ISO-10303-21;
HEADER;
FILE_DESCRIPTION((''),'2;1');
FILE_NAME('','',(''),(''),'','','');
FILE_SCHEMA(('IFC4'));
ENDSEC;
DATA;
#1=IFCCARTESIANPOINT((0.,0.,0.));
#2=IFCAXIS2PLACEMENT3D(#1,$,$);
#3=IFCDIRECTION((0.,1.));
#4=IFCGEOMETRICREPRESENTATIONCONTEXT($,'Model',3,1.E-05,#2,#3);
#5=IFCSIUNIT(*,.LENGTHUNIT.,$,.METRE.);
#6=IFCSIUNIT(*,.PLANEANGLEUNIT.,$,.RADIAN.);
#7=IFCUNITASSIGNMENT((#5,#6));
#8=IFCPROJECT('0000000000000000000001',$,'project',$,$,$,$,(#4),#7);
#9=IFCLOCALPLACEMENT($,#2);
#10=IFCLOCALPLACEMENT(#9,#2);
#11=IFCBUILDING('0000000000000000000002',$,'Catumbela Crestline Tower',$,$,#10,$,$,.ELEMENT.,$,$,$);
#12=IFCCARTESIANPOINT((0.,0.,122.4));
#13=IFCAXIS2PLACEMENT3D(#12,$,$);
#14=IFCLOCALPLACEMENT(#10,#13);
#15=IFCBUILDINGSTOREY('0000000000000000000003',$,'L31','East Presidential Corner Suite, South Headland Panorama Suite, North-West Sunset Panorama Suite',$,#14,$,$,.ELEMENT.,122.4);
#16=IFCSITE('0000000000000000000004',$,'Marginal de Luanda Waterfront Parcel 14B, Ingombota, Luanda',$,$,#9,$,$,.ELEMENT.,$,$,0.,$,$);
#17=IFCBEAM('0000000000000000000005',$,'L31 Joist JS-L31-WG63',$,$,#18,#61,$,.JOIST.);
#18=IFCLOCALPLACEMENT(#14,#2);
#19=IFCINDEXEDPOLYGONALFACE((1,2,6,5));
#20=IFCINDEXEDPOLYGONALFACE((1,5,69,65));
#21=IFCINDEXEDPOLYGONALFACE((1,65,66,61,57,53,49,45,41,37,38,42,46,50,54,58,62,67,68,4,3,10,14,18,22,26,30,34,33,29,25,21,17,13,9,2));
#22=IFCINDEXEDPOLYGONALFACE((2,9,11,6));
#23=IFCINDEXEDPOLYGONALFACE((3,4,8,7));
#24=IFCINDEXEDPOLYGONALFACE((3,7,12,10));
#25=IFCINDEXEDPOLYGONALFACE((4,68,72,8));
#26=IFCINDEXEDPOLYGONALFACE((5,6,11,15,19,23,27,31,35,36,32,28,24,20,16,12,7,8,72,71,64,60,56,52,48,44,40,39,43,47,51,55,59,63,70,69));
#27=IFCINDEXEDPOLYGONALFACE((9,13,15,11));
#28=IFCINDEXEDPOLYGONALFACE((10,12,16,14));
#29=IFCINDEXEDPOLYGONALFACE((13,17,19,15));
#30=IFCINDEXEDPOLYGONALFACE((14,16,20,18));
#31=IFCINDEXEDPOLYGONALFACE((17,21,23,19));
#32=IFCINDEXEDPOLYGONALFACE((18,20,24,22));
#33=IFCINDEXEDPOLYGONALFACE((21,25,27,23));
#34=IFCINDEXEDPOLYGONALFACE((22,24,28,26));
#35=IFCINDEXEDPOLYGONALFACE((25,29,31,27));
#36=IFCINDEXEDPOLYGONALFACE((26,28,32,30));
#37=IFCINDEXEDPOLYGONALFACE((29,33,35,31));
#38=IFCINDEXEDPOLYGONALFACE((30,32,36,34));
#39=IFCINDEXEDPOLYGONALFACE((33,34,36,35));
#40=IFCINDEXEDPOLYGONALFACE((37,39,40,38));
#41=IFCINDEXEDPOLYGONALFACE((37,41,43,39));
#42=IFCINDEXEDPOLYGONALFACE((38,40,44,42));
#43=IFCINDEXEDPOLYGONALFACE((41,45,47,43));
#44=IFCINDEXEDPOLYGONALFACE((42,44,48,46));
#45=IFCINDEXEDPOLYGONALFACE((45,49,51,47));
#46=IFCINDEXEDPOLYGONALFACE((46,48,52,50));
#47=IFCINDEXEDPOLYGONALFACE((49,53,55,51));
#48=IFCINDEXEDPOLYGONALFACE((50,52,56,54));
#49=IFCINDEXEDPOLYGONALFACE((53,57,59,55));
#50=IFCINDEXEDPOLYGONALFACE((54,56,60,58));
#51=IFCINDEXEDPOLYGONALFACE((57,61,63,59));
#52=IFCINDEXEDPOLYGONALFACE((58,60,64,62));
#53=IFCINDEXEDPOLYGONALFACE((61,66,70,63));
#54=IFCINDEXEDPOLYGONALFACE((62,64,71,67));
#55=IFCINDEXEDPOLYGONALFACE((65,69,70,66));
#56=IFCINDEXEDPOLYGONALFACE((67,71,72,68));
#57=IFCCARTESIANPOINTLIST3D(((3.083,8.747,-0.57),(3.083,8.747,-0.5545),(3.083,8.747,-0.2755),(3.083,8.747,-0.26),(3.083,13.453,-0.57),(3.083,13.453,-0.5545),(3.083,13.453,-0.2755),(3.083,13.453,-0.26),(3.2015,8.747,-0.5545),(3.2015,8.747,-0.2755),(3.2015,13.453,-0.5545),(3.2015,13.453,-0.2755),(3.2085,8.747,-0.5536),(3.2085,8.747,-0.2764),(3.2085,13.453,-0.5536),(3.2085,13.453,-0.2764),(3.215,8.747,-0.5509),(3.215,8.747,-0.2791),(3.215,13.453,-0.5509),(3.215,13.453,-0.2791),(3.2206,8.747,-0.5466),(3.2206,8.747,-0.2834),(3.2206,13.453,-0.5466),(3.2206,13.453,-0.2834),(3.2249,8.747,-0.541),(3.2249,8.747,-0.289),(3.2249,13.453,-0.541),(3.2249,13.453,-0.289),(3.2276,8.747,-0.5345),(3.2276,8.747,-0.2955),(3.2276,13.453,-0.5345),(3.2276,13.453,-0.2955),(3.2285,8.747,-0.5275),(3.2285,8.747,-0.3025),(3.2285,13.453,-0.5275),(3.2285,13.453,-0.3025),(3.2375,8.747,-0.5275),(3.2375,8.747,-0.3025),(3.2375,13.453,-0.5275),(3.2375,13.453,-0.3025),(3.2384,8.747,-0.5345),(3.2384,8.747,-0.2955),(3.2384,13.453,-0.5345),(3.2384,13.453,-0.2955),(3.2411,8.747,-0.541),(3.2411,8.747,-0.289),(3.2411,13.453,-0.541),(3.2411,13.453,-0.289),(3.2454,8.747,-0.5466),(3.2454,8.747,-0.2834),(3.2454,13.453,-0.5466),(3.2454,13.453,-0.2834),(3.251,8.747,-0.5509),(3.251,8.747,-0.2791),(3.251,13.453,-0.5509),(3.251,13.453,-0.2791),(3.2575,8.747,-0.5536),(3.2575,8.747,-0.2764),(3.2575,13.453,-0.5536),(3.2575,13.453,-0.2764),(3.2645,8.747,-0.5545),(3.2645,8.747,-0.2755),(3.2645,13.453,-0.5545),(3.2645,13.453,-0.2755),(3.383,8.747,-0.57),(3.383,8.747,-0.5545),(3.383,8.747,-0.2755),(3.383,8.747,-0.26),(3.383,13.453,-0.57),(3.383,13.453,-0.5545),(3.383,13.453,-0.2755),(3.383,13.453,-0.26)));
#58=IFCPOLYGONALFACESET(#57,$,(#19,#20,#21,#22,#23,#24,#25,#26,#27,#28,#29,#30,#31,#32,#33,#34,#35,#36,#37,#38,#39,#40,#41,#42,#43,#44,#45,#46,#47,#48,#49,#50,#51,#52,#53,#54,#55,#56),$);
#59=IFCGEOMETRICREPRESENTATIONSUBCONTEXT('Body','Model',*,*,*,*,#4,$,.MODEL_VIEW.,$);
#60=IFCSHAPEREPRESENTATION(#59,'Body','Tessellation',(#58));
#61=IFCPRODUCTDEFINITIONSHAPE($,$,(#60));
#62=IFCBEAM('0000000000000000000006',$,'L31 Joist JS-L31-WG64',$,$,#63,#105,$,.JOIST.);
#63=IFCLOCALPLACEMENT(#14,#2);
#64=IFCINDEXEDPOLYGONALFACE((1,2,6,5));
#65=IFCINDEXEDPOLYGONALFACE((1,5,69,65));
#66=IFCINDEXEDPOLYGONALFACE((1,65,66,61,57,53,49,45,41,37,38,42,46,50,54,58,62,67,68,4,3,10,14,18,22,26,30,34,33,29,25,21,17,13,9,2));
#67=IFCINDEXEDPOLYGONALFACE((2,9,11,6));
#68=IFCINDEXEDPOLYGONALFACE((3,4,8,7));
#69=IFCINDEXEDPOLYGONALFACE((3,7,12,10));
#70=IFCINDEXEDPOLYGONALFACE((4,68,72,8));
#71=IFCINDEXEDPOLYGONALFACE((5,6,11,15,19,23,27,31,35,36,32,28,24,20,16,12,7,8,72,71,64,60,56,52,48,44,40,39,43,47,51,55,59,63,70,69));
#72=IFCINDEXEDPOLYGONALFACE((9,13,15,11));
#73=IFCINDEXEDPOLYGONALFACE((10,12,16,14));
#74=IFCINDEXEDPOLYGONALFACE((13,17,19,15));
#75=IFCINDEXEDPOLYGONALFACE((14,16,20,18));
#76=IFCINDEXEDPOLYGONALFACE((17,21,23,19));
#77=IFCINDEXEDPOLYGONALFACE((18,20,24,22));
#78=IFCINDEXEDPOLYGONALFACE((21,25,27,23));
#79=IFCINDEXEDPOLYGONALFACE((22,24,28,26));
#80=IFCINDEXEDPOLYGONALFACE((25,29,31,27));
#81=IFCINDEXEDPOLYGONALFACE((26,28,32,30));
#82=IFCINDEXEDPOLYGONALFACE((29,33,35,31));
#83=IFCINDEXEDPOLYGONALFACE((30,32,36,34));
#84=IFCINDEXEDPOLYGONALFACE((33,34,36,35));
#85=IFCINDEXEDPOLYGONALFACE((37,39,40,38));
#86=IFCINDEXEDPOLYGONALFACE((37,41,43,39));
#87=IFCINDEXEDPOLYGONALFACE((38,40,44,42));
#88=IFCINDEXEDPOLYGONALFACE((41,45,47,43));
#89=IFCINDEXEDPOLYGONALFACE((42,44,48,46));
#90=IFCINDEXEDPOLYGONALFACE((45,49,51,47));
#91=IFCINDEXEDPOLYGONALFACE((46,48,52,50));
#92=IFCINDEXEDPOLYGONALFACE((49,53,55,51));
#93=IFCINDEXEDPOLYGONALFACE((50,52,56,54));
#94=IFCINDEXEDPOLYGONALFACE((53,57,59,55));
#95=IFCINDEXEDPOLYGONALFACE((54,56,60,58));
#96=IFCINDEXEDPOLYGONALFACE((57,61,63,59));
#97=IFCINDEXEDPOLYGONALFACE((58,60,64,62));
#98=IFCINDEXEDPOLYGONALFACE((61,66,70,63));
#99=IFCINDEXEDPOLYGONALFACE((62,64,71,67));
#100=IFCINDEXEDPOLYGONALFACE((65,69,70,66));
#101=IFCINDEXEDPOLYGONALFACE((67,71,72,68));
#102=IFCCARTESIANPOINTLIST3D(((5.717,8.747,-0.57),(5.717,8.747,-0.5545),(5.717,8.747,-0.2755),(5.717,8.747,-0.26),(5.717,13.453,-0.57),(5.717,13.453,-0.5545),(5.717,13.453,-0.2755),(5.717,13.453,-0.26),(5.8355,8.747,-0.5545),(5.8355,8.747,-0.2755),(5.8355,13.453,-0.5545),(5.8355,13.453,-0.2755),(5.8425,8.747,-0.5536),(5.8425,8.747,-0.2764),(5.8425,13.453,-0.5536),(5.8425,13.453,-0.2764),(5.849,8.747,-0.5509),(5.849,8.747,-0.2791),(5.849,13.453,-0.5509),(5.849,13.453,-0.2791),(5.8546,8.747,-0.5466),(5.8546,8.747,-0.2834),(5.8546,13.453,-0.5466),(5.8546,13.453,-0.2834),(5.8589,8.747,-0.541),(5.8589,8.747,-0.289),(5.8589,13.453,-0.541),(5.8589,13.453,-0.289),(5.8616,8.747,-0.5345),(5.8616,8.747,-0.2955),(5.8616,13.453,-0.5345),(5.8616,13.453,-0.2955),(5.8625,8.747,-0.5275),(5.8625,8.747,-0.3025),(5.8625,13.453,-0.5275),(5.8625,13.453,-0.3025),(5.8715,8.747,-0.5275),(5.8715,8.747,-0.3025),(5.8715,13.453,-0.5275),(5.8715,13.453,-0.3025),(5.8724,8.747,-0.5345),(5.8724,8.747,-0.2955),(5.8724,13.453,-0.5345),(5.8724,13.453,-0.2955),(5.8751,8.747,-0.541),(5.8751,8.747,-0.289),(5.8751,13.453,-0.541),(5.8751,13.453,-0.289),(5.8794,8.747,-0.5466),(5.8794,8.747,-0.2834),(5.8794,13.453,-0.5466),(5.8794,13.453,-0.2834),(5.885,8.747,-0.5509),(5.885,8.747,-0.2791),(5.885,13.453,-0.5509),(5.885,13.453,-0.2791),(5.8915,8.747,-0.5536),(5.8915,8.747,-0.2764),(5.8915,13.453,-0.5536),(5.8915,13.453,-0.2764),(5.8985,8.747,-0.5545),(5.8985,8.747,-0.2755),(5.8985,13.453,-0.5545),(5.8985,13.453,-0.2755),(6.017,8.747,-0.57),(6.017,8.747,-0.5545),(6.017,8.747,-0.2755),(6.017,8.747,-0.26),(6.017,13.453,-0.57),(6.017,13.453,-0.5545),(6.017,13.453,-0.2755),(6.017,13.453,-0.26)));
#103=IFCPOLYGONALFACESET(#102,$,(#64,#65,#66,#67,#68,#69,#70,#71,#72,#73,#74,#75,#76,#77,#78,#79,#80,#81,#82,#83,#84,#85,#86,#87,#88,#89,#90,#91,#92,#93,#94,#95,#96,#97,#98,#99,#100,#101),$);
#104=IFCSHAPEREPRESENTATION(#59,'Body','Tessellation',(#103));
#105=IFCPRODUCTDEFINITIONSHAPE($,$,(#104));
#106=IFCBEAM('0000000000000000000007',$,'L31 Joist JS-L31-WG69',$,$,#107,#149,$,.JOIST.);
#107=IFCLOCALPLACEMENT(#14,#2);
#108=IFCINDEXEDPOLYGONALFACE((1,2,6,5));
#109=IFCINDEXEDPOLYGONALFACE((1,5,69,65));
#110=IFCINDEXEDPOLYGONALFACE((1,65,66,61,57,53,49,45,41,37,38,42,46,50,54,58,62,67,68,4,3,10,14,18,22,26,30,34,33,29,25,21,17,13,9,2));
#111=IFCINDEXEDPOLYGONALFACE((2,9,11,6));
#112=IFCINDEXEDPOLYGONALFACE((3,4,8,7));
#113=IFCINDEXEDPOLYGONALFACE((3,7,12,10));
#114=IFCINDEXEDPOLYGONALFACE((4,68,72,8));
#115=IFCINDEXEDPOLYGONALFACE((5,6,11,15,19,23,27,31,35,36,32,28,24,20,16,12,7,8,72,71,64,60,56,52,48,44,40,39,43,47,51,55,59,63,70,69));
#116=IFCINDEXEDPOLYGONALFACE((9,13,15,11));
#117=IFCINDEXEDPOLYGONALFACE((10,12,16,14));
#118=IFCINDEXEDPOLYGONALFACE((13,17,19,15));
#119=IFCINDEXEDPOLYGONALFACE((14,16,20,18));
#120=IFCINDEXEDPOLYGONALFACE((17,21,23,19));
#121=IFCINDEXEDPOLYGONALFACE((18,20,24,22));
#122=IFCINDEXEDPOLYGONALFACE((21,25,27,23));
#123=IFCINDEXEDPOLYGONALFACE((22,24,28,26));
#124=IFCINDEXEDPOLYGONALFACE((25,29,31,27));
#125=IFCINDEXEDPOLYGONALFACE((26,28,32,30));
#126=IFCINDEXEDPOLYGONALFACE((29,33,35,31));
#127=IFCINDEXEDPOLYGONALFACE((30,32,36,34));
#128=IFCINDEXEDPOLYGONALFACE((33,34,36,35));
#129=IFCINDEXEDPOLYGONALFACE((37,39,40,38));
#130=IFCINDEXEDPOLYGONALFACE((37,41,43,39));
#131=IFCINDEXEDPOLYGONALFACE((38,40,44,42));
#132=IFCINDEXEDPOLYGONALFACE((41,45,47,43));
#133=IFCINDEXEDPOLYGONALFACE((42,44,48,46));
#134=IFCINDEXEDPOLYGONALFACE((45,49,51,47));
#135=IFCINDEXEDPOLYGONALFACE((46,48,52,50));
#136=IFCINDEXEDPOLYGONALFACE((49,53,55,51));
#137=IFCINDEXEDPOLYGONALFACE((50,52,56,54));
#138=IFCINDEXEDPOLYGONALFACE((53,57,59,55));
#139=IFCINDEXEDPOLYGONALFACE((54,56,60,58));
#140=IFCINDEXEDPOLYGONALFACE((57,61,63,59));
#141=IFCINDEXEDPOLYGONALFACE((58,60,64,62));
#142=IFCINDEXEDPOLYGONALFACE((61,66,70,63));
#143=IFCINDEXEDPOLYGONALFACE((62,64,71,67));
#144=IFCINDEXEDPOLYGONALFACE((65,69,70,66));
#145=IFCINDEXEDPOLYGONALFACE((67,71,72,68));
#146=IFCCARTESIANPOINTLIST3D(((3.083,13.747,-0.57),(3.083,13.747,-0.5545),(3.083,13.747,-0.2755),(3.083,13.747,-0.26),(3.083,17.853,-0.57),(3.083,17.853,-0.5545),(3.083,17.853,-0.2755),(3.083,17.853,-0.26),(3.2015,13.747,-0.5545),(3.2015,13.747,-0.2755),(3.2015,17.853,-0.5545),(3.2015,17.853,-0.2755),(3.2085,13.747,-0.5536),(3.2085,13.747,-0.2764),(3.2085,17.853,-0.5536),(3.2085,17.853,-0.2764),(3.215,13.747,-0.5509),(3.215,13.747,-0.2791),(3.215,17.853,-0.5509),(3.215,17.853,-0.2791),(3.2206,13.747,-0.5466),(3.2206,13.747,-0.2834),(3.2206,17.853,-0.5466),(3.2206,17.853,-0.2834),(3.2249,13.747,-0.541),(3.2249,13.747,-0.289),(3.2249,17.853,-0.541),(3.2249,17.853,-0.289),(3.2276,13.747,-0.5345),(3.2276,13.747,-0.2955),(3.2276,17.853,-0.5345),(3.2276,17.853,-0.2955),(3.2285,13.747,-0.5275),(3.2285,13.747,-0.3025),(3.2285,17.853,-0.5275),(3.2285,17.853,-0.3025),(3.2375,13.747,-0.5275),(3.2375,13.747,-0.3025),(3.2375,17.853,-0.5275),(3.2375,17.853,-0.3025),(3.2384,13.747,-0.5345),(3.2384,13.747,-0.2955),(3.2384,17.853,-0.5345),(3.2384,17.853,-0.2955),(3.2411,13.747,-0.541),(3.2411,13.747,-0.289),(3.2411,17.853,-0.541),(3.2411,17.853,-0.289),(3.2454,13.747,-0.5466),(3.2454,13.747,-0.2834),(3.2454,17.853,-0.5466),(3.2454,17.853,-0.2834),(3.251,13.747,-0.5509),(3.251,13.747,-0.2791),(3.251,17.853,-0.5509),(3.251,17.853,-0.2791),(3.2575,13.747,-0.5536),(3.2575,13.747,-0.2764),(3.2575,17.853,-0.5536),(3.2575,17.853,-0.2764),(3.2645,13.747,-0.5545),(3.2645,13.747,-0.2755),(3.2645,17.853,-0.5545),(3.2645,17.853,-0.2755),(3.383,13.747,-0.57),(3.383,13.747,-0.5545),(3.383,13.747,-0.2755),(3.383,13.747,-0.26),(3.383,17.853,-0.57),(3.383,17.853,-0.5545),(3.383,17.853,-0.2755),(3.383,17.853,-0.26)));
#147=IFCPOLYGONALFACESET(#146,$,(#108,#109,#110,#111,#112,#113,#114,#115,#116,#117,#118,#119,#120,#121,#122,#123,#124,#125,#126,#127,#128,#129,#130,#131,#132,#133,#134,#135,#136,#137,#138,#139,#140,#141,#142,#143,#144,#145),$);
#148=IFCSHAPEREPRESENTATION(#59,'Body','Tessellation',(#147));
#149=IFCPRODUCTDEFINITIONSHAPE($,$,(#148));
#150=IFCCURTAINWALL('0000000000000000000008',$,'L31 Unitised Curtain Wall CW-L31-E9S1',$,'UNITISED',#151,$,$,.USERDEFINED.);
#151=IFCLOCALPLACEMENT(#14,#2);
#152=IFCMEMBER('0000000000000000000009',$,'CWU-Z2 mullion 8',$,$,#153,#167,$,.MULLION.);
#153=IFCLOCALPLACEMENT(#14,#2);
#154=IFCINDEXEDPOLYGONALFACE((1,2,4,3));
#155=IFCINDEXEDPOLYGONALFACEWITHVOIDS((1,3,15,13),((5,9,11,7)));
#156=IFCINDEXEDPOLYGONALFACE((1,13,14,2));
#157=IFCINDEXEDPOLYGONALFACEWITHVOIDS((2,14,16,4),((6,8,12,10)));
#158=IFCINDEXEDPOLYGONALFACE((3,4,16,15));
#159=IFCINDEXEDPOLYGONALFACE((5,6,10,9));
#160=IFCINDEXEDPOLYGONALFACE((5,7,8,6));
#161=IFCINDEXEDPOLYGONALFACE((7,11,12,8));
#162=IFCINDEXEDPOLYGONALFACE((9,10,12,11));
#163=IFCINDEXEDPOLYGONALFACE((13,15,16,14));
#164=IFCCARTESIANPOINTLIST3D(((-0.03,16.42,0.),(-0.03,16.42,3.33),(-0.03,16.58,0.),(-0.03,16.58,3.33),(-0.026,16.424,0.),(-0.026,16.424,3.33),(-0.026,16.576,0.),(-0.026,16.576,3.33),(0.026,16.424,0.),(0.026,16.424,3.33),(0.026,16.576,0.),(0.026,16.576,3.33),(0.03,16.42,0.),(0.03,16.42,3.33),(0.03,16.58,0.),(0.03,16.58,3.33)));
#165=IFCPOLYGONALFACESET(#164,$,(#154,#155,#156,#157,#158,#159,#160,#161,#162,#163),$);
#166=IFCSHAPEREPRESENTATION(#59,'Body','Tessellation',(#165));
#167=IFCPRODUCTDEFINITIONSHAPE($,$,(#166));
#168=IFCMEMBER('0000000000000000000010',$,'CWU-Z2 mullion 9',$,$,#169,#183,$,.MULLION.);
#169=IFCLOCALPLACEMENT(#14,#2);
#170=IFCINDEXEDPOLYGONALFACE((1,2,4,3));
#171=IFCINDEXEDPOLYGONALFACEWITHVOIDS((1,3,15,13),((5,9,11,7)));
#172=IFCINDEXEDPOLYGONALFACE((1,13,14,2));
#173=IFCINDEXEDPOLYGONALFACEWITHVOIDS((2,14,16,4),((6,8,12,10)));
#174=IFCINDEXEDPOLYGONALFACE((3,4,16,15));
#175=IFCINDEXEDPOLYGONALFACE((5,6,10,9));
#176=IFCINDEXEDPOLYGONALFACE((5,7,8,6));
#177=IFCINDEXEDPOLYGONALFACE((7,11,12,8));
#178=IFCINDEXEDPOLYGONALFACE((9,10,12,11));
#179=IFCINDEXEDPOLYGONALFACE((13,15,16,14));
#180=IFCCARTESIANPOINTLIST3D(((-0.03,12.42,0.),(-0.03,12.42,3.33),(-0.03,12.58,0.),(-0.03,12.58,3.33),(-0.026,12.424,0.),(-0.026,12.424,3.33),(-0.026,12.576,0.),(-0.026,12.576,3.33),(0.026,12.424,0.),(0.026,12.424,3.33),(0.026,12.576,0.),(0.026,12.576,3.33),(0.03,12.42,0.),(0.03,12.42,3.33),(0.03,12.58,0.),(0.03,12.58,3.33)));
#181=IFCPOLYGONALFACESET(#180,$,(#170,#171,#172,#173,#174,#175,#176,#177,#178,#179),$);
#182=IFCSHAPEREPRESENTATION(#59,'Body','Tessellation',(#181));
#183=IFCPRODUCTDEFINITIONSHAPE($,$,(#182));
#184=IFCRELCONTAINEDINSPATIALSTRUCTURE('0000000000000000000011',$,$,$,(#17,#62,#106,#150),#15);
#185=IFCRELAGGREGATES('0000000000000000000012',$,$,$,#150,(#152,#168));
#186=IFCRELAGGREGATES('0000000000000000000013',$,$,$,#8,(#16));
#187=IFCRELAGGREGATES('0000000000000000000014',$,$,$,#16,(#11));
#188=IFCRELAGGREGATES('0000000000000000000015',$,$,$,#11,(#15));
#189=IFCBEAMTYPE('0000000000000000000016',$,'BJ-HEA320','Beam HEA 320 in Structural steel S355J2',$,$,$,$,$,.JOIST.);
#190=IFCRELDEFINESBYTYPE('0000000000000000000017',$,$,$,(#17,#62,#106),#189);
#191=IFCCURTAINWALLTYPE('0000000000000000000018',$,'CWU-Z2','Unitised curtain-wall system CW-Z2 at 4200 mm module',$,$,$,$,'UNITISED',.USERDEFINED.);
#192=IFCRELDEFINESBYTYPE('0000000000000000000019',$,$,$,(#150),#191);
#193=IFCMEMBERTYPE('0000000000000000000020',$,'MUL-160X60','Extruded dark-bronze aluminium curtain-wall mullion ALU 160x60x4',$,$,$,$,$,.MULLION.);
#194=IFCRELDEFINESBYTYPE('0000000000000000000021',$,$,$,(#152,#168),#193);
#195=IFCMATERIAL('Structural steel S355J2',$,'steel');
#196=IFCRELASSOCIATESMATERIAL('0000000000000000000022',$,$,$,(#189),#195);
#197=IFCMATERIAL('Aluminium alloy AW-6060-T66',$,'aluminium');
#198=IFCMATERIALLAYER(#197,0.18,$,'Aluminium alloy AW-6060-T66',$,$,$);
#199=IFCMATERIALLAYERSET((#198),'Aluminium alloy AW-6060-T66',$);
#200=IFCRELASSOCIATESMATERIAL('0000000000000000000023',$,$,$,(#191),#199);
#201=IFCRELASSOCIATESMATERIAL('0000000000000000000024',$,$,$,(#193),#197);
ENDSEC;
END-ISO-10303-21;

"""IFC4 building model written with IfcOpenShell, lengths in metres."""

from ifc_helpers import new_model, si_unit, direction, frame, origin, origin_2d, place, context, subcontext, project, spatial, hollow_rectangle, i_section, extrude, material, layer, layer_set, material_profile, profile_set, type_object, element, aggregate, save


model = new_model("IFC4")

# Units and contexts
model_context = context("Model", 3, precision=1e-05, world=origin(), true_north=direction((0.0, 1.0)))
body_context = subcontext(model_context, "Body", "Model", "MODEL_VIEW")
ifc_project = project(units=[si_unit("LENGTHUNIT", "METRE"), si_unit("PLANEANGLEUNIT", "RADIAN")], contexts=[model_context])

# Site, building, storey
site_placement = place(None, origin())
site = spatial("IfcSite", under=ifc_project, at=site_placement, Name="Marginal de Luanda Waterfront Parcel 14B, Ingombota, Luanda", CompositionType="ELEMENT", RefElevation=0.0)
building_placement = place(site_placement, origin())
building = spatial("IfcBuilding", under=site, at=building_placement, Name="Catumbela Crestline Tower", CompositionType="ELEMENT")
storey_placement = place(building_placement, frame((0.0, 0.0, 122.4)))
storey = spatial("IfcBuildingStorey", under=building, at=storey_placement, Name="L31", Description="East Presidential Corner Suite, South Headland Panorama Suite, North-West Sunset Panorama Suite", CompositionType="ELEMENT", Elevation=122.4)

# Beams
ifc_material_1 = material(Name="Structural steel S355J2", Category="steel")
ifc_material_profile_1 = material_profile(ifc_material_1, i_section(OverallWidth=0.3, OverallDepth=0.31, WebThickness=0.009, FlangeThickness=0.0155, FilletRadius=0.027, at=origin_2d()), Name="HEA 320")
ifc_profile_set_1 = profile_set([ifc_material_profile_1], Name="Structural steel S355J2")
beam_type_1 = type_object("IfcBeamType", Name="BJ-HEA320", Description="Beam HEA 320 in Structural steel S355J2", PredefinedType="JOIST", material=ifc_profile_set_1)
for number, where, z_axis, x_axis, name in (
    (1, (3.233, 8.747, -0.415), (0.0, 1.0, 0.0), (-1.0, 0.0, 0.0), "L31 Joist JS-L31-WG63"),
    (2, (5.867, 8.747, -0.415), (0.0, 1.0, 0.0), (-1.0, 0.0, 0.0), "L31 Joist JS-L31-WG64"),
):
    element("IfcBeam", number, at=place(storey_placement, frame(where, z_axis=z_axis, x_axis=x_axis)), inside=storey, type_object=beam_type_1, Name=name, PredefinedType="JOIST", context=body_context, shape_type="SweptSolid", body=[
        extrude(i_section(OverallWidth=0.3, OverallDepth=0.31, WebThickness=0.009, FlangeThickness=0.0155, FilletRadius=0.027, at=origin_2d()), origin(), (0.0, 0.0, 1.0), 4.706),
    ])
beam_1_placement = place(storey_placement, frame((3.233, 13.747, -0.415), z_axis=(0.0, 1.0, 0.0), x_axis=(-1.0, 0.0, 0.0)))
element("IfcBeam", 3, at=beam_1_placement, inside=storey, type_object=beam_type_1, Name="L31 Joist JS-L31-WG69", PredefinedType="JOIST", context=body_context, shape_type="SweptSolid", body=[
    extrude(i_section(OverallWidth=0.3, OverallDepth=0.31, WebThickness=0.009, FlangeThickness=0.0155, FilletRadius=0.027, at=origin_2d()), origin(), (0.0, 0.0, 1.0), 4.106),
])

# Curtain wall, members
ifc_material_2 = material(Name="Aluminium alloy AW-6060-T66", Category="aluminium")
ifc_layer_1 = layer(ifc_material_2, 0.18, Name="Aluminium alloy AW-6060-T66")
ifc_layer_set_1 = layer_set([ifc_layer_1], Name="Aluminium alloy AW-6060-T66")
curtain_wall_type = type_object("IfcCurtainWallType", Name="CWU-Z2", Description="Unitised curtain-wall system CW-Z2 at 4200 mm module", ElementType="UNITISED", PredefinedType="USERDEFINED", material=ifc_layer_set_1)
curtain_wall_placement = place(storey_placement, origin())
curtain_wall = element("IfcCurtainWall", 4, at=curtain_wall_placement, inside=storey, type_object=curtain_wall_type, Name="L31 Unitised Curtain Wall CW-L31-E9S1", ObjectType="UNITISED", PredefinedType="USERDEFINED")
ifc_material_profile_2 = material_profile(ifc_material_2, hollow_rectangle(XDim=0.06, YDim=0.16, WallThickness=0.004, at=origin_2d()), Name="ALU 160x60x4")
ifc_profile_set_2 = profile_set([ifc_material_profile_2], Name="Aluminium alloy AW-6060-T66")
member_type_1 = type_object("IfcMemberType", Name="MUL-160X60", Description="Extruded dark-bronze aluminium curtain-wall mullion ALU 160x60x4", PredefinedType="MULLION", material=ifc_profile_set_2)
member_1_placement = place(storey_placement, frame((0.0, 16.5, 0.0), z_axis=(0.0, 0.0, 1.0), x_axis=(1.0, 0.0, 0.0)))
member_1 = element("IfcMember", 5, at=member_1_placement, type_object=member_type_1, Name="CWU-Z2 mullion 8", PredefinedType="MULLION", context=body_context, shape_type="SweptSolid", body=[
    extrude(hollow_rectangle(XDim=0.06, YDim=0.16, WallThickness=0.004, at=origin_2d()), origin(), (0.0, 0.0, 1.0), 3.33),
])
member_2_placement = place(storey_placement, frame((0.0, 12.5, 0.0), z_axis=(0.0, 0.0, 1.0), x_axis=(1.0, 0.0, 0.0)))
member_2 = element("IfcMember", 6, at=member_2_placement, type_object=member_type_1, Name="CWU-Z2 mullion 9", PredefinedType="MULLION", context=body_context, shape_type="SweptSolid", body=[
    extrude(hollow_rectangle(XDim=0.06, YDim=0.16, WallThickness=0.004, at=origin_2d()), origin(), (0.0, 0.0, 1.0), 3.33),
])

aggregate(curtain_wall, [member_1, member_2])

save(model, "model.ifc")
